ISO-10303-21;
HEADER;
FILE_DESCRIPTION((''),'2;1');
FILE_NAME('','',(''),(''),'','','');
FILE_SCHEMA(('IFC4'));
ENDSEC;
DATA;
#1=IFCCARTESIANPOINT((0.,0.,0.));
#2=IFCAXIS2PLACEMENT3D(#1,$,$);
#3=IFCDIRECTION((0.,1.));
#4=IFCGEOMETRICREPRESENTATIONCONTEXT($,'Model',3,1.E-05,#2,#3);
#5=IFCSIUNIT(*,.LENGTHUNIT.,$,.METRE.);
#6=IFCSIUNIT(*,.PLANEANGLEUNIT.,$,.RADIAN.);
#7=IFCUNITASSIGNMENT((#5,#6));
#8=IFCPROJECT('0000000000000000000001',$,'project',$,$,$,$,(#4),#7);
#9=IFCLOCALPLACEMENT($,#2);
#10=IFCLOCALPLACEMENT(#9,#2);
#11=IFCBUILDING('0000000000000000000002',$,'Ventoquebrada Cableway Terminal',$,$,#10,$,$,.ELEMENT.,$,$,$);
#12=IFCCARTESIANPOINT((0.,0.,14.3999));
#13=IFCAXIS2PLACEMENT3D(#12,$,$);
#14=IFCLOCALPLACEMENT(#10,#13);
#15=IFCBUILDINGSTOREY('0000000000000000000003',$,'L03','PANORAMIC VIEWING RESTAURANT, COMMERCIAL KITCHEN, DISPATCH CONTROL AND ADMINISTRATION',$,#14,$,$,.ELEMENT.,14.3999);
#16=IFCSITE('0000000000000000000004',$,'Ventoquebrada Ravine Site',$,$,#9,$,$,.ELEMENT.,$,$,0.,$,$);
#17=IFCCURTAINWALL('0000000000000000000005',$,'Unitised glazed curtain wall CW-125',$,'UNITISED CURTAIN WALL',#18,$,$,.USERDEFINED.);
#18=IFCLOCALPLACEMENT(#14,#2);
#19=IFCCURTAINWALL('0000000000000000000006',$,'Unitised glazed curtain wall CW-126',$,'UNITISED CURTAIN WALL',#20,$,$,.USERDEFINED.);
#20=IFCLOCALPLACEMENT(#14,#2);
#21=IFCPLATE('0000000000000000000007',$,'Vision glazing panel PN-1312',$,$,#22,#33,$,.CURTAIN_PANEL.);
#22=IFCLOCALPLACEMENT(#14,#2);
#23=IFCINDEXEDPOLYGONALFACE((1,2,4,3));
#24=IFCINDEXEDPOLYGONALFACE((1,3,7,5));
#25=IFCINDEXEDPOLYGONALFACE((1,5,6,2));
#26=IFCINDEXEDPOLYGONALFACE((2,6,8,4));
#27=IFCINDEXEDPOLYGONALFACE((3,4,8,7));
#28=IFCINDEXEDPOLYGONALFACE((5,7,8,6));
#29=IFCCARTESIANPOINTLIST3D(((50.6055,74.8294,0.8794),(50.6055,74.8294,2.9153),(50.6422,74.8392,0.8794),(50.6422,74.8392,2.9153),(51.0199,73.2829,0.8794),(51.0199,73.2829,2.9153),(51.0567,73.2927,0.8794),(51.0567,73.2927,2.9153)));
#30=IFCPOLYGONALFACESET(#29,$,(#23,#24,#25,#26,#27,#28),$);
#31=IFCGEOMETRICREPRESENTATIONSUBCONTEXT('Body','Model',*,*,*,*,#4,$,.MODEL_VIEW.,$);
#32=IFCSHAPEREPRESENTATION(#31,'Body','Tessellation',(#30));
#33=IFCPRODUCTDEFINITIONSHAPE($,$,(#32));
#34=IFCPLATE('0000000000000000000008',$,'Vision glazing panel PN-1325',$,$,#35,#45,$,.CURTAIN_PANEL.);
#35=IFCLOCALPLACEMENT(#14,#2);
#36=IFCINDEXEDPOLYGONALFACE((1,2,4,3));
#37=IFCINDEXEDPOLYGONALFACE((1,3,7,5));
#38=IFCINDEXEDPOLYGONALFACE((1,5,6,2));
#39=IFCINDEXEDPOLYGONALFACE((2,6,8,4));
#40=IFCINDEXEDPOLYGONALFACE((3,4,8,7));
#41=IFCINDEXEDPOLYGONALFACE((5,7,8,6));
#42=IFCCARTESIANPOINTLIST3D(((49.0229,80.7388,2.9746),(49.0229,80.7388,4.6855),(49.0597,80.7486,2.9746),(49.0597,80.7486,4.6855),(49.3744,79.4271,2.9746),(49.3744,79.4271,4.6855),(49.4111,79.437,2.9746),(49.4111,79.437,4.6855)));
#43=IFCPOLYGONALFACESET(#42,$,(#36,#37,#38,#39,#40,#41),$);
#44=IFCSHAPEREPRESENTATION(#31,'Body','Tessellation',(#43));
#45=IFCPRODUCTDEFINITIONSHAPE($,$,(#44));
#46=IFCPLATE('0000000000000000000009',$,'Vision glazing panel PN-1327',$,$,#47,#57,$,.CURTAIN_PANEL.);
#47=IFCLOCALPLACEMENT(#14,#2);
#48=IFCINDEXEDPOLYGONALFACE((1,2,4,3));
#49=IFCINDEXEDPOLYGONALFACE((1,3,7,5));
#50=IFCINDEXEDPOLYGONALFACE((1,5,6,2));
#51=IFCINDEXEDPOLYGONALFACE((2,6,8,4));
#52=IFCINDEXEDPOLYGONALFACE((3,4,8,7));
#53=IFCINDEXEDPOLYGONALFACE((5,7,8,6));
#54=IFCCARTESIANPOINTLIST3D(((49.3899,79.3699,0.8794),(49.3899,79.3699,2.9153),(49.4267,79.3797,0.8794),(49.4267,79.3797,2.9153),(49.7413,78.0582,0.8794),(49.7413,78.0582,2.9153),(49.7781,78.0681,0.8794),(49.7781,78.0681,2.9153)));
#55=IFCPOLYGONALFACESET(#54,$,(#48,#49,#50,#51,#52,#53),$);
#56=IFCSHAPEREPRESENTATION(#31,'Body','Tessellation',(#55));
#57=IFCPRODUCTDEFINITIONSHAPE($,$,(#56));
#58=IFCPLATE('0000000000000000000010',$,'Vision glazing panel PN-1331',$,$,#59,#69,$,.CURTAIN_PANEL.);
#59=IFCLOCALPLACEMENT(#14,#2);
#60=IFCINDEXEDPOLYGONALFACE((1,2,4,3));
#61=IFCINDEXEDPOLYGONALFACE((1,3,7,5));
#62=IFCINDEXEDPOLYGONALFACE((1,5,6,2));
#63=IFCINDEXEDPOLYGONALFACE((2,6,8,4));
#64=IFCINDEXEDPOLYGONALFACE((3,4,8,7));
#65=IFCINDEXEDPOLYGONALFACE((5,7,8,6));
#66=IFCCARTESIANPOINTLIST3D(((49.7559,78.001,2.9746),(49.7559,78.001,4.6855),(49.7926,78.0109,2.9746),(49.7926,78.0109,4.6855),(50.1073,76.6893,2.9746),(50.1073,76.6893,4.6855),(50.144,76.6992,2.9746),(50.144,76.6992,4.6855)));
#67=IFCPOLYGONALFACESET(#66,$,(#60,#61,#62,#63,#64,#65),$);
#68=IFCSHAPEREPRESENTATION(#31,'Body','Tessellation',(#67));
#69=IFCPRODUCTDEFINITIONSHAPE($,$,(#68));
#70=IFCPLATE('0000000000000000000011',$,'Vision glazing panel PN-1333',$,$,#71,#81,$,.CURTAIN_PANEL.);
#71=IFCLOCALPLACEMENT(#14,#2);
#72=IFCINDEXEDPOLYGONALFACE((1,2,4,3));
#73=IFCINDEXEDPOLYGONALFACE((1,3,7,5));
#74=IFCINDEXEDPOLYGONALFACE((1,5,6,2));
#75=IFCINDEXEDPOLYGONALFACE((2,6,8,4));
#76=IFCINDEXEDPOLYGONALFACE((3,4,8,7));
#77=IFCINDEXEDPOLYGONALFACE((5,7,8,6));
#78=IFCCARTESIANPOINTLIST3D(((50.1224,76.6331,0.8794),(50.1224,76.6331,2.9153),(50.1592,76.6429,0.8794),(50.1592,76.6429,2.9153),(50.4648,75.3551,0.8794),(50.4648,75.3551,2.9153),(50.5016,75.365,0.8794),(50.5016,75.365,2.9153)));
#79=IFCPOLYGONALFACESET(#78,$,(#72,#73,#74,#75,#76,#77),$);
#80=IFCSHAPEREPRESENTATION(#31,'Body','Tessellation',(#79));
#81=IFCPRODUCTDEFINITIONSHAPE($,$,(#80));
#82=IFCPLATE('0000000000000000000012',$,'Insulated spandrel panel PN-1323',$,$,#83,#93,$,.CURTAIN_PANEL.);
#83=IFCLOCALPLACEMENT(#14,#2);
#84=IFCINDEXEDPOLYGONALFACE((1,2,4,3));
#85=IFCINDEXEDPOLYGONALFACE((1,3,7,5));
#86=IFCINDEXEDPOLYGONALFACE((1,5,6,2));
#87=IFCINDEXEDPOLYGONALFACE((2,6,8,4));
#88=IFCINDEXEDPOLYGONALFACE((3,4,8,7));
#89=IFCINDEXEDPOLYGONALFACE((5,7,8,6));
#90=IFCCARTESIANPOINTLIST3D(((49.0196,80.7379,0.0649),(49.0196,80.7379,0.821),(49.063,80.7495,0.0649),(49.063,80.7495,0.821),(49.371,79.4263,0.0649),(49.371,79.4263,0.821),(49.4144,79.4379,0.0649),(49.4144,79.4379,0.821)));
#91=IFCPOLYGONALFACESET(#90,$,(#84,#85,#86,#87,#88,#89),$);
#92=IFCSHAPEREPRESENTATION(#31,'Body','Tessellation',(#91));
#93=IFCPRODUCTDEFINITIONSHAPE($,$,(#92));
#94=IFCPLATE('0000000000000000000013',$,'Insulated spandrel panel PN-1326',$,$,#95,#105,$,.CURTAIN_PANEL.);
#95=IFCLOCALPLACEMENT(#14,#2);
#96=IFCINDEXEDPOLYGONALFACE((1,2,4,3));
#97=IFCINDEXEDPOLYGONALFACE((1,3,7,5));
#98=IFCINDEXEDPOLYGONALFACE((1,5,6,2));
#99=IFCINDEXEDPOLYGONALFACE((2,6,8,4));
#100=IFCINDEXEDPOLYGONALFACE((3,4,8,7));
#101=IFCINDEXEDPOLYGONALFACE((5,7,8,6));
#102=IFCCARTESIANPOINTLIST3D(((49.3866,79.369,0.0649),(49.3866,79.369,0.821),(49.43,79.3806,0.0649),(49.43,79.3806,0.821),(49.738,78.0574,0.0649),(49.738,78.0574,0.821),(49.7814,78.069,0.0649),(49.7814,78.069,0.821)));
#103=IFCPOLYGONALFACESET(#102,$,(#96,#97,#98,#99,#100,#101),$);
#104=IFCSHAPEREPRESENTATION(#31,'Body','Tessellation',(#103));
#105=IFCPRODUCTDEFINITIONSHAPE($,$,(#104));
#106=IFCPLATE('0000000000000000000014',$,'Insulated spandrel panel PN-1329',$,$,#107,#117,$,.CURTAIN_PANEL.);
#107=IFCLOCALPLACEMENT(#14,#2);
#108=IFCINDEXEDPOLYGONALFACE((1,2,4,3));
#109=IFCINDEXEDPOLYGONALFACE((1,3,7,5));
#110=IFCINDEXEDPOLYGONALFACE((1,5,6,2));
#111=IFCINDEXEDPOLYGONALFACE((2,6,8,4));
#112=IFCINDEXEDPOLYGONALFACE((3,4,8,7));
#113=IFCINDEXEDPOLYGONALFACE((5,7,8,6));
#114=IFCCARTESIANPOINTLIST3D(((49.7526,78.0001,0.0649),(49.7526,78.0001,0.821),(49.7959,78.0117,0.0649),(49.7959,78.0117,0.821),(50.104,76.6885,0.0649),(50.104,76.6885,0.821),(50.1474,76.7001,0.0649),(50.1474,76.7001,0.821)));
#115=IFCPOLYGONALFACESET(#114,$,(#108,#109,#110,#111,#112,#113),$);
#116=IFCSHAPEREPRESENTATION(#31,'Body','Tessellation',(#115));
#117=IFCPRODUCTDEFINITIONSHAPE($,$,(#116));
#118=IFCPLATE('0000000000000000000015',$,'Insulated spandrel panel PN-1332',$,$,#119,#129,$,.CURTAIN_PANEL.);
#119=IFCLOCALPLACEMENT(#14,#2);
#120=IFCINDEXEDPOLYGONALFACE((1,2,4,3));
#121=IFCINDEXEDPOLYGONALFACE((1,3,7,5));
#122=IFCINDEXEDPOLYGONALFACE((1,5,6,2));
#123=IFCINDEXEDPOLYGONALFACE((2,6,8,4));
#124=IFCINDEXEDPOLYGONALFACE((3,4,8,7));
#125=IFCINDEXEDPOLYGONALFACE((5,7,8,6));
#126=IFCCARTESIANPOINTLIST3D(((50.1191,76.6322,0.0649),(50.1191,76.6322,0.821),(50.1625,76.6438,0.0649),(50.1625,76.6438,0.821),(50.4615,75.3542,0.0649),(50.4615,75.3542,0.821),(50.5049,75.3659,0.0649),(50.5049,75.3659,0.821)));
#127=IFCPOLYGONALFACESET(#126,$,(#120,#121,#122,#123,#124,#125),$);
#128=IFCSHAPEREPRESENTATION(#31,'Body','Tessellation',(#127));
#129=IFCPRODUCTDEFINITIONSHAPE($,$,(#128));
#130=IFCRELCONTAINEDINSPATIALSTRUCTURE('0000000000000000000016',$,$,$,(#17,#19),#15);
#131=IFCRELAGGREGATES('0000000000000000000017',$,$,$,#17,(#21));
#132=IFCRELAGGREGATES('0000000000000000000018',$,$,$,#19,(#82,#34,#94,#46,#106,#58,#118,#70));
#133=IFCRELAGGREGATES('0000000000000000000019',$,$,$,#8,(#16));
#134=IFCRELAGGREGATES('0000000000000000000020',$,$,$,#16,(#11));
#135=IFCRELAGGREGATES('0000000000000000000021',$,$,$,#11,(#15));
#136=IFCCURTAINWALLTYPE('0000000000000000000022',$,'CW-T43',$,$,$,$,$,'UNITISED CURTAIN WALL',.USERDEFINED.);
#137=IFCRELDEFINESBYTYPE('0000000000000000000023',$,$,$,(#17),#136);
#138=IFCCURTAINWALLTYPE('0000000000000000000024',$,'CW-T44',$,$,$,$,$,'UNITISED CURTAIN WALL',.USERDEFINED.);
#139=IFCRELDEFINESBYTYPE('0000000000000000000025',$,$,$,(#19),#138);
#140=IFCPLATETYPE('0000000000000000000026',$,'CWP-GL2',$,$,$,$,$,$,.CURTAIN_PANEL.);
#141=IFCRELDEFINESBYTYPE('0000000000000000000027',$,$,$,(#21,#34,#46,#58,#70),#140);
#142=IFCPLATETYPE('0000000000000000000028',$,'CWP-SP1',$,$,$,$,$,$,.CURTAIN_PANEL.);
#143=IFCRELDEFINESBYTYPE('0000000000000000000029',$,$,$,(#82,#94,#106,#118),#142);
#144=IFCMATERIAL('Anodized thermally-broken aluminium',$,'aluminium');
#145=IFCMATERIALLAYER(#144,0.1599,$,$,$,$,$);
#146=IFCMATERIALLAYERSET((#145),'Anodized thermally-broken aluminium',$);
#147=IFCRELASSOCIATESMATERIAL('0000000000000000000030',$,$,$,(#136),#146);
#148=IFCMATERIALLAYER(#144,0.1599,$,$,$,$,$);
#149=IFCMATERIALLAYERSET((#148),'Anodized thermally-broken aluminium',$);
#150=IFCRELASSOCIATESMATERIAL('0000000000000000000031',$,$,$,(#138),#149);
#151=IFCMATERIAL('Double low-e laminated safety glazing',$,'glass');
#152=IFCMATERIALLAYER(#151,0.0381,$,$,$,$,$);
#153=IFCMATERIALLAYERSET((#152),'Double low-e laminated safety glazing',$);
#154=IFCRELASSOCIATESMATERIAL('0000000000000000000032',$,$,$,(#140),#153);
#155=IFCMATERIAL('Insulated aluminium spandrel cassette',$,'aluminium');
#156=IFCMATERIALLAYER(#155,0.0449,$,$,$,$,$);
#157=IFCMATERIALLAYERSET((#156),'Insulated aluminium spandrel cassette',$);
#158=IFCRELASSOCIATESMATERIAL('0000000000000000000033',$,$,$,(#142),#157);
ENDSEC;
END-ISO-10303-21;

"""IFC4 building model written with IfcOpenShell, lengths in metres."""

from ifc_helpers import new_model, si_unit, direction, frame, origin, origin_2d, place, context, subcontext, project, spatial, rectangle, extrude, material, layer, layer_set, type_object, element, aggregate, save


model = new_model("IFC4")

# Units and contexts
model_context = context("Model", 3, precision=1e-05, world=origin(), true_north=direction((0.0, 1.0)))
body_context = subcontext(model_context, "Body", "Model", "MODEL_VIEW")
ifc_project = project(units=[si_unit("LENGTHUNIT", "METRE"), si_unit("PLANEANGLEUNIT", "RADIAN")], contexts=[model_context])

# Site, building, storey
site_placement = place(None, origin())
site = spatial("IfcSite", under=ifc_project, at=site_placement, Name="Ventoquebrada Ravine Site", CompositionType="ELEMENT", RefElevation=0.0)
building_placement = place(site_placement, origin())
building = spatial("IfcBuilding", under=site, at=building_placement, Name="Ventoquebrada Cableway Terminal", CompositionType="ELEMENT")
storey_placement = place(building_placement, frame((0.0, 0.0, 14.3999)))
storey = spatial("IfcBuildingStorey", under=building, at=storey_placement, Name="L03", Description="PANORAMIC VIEWING RESTAURANT, COMMERCIAL KITCHEN, DISPATCH CONTROL AND ADMINISTRATION", CompositionType="ELEMENT", Elevation=14.3999)

# Curtain wall
ifc_material_1 = material(Name="Anodized thermally-broken aluminium", Category="aluminium")
ifc_layer_1 = layer(ifc_material_1, 0.1599)
ifc_layer_set_1 = layer_set([ifc_layer_1], Name="Anodized thermally-broken aluminium")
curtain_wall_type_1 = type_object("IfcCurtainWallType", Name="CW-T43", ElementType="UNITISED CURTAIN WALL", PredefinedType="USERDEFINED", material=ifc_layer_set_1)
curtain_wall_1_placement = place(storey_placement, origin())
curtain_wall_1 = element("IfcCurtainWall", 1, at=curtain_wall_1_placement, inside=storey, type_object=curtain_wall_type_1, Name="Unitised glazed curtain wall CW-125", ObjectType="UNITISED CURTAIN WALL", PredefinedType="USERDEFINED")

# Curtain wall
ifc_layer_2 = layer(ifc_material_1, 0.1599)
ifc_layer_set_2 = layer_set([ifc_layer_2], Name="Anodized thermally-broken aluminium")
curtain_wall_type_2 = type_object("IfcCurtainWallType", Name="CW-T44", ElementType="UNITISED CURTAIN WALL", PredefinedType="USERDEFINED", material=ifc_layer_set_2)
curtain_wall_2_placement = place(storey_placement, origin())
curtain_wall_2 = element("IfcCurtainWall", 2, at=curtain_wall_2_placement, inside=storey, type_object=curtain_wall_type_2, Name="Unitised glazed curtain wall CW-126", ObjectType="UNITISED CURTAIN WALL", PredefinedType="USERDEFINED")

# Plates
ifc_material_2 = material(Name="Double low-e laminated safety glazing", Category="glass")
ifc_layer_3 = layer(ifc_material_2, 0.0381)
ifc_layer_set_3 = layer_set([ifc_layer_3], Name="Double low-e laminated safety glazing")
plate_type_1 = type_object("IfcPlateType", Name="CWP-GL2", PredefinedType="CURTAIN_PANEL", material=ifc_layer_set_3)
plate_1_placement = place(storey_placement, frame((50.8311, 74.061, 0.8794), z_axis=(0.0, 0.0, 1.0), x_axis=(0.258836, -0.965921, 0.0)))
plate_1 = element("IfcPlate", 3, at=plate_1_placement, type_object=plate_type_1, Name="Vision glazing panel PN-1312", PredefinedType="CURTAIN_PANEL", context=body_context, shape_type="SweptSolid", body=[
    extrude(rectangle(XDim=1.6011, YDim=0.0381, at=origin_2d()), origin(), (0.0, 0.0, 1.0), 2.0359),
])
aggregate(curtain_wall_1, [plate_1])
plate_2_placement = place(storey_placement, frame((49.217, 80.0879, 2.9746), z_axis=(0.0, 0.0, 1.0), x_axis=(0.258785, -0.965935, 0.0)))
plate_2 = element("IfcPlate", 4, at=plate_2_placement, type_object=plate_type_1, Name="Vision glazing panel PN-1325", PredefinedType="CURTAIN_PANEL", context=body_context, shape_type="SweptSolid", body=[
    extrude(rectangle(XDim=1.3579, YDim=0.0381, at=origin_2d()), origin(), (0.0, 0.0, 1.0), 1.7109),
])
plate_3_placement = place(storey_placement, frame((49.584, 78.719, 0.8794), z_axis=(0.0, 0.0, 1.0), x_axis=(0.258785, -0.965935, 0.0)))
plate_3 = element("IfcPlate", 5, at=plate_3_placement, type_object=plate_type_1, Name="Vision glazing panel PN-1327", PredefinedType="CURTAIN_PANEL", context=body_context, shape_type="SweptSolid", body=[
    extrude(rectangle(XDim=1.3579, YDim=0.0381, at=origin_2d()), origin(), (0.0, 0.0, 1.0), 2.0359),
])
plate_4_placement = place(storey_placement, frame((49.95, 77.3501, 2.9746), z_axis=(0.0, 0.0, 1.0), x_axis=(0.258785, -0.965935, 0.0)))
plate_4 = element("IfcPlate", 6, at=plate_4_placement, type_object=plate_type_1, Name="Vision glazing panel PN-1331", PredefinedType="CURTAIN_PANEL", context=body_context, shape_type="SweptSolid", body=[
    extrude(rectangle(XDim=1.3579, YDim=0.0381, at=origin_2d()), origin(), (0.0, 0.0, 1.0), 1.7109),
])
plate_5_placement = place(storey_placement, frame((50.312, 75.999, 0.8794), z_axis=(0.0, 0.0, 1.0), x_axis=(0.258785, -0.965935, 0.0)))
plate_5 = element("IfcPlate", 7, at=plate_5_placement, type_object=plate_type_1, Name="Vision glazing panel PN-1333", PredefinedType="CURTAIN_PANEL", context=body_context, shape_type="SweptSolid", body=[
    extrude(rectangle(XDim=1.323, YDim=0.0381, at=origin_2d()), origin(), (0.0, 0.0, 1.0), 2.0359),
])
ifc_material_3 = material(Name="Insulated aluminium spandrel cassette", Category="aluminium")
ifc_layer_4 = layer(ifc_material_3, 0.0449)
ifc_layer_set_4 = layer_set([ifc_layer_4], Name="Insulated aluminium spandrel cassette")
plate_type_2 = type_object("IfcPlateType", Name="CWP-SP1", PredefinedType="CURTAIN_PANEL", material=ifc_layer_set_4)
plate_6_placement = place(storey_placement, frame((49.217, 80.0879, 0.0649), z_axis=(0.0, 0.0, 1.0), x_axis=(0.258785, -0.965935, 0.0)))
plate_6 = element("IfcPlate", 8, at=plate_6_placement, type_object=plate_type_2, Name="Insulated spandrel panel PN-1323", PredefinedType="CURTAIN_PANEL", context=body_context, shape_type="SweptSolid", body=[
    extrude(rectangle(XDim=1.3579, YDim=0.0449, at=origin_2d()), origin(), (0.0, 0.0, 1.0), 0.7561),
])
plate_7_placement = place(storey_placement, frame((49.584, 78.719, 0.0649), z_axis=(0.0, 0.0, 1.0), x_axis=(0.258785, -0.965935, 0.0)))
plate_7 = element("IfcPlate", 9, at=plate_7_placement, type_object=plate_type_2, Name="Insulated spandrel panel PN-1326", PredefinedType="CURTAIN_PANEL", context=body_context, shape_type="SweptSolid", body=[
    extrude(rectangle(XDim=1.3579, YDim=0.0449, at=origin_2d()), origin(), (0.0, 0.0, 1.0), 0.7561),
])
plate_8_placement = place(storey_placement, frame((49.95, 77.3501, 0.0649), z_axis=(0.0, 0.0, 1.0), x_axis=(0.258785, -0.965935, 0.0)))
plate_8 = element("IfcPlate", 10, at=plate_8_placement, type_object=plate_type_2, Name="Insulated spandrel panel PN-1329", PredefinedType="CURTAIN_PANEL", context=body_context, shape_type="SweptSolid", body=[
    extrude(rectangle(XDim=1.3579, YDim=0.0449, at=origin_2d()), origin(), (0.0, 0.0, 1.0), 0.7561),
])
plate_9_placement = place(storey_placement, frame((50.312, 75.999, 0.0649), z_axis=(0.0, 0.0, 1.0), x_axis=(0.258785, -0.965935, 0.0)))
plate_9 = element("IfcPlate", 11, at=plate_9_placement, type_object=plate_type_2, Name="Insulated spandrel panel PN-1332", PredefinedType="CURTAIN_PANEL", context=body_context, shape_type="SweptSolid", body=[
    extrude(rectangle(XDim=1.323, YDim=0.0449, at=origin_2d()), origin(), (0.0, 0.0, 1.0), 0.7561),
])
aggregate(curtain_wall_2, [plate_6, plate_2, plate_7, plate_3, plate_8, plate_4, plate_9, plate_5])

save(model, "model.ifc")
